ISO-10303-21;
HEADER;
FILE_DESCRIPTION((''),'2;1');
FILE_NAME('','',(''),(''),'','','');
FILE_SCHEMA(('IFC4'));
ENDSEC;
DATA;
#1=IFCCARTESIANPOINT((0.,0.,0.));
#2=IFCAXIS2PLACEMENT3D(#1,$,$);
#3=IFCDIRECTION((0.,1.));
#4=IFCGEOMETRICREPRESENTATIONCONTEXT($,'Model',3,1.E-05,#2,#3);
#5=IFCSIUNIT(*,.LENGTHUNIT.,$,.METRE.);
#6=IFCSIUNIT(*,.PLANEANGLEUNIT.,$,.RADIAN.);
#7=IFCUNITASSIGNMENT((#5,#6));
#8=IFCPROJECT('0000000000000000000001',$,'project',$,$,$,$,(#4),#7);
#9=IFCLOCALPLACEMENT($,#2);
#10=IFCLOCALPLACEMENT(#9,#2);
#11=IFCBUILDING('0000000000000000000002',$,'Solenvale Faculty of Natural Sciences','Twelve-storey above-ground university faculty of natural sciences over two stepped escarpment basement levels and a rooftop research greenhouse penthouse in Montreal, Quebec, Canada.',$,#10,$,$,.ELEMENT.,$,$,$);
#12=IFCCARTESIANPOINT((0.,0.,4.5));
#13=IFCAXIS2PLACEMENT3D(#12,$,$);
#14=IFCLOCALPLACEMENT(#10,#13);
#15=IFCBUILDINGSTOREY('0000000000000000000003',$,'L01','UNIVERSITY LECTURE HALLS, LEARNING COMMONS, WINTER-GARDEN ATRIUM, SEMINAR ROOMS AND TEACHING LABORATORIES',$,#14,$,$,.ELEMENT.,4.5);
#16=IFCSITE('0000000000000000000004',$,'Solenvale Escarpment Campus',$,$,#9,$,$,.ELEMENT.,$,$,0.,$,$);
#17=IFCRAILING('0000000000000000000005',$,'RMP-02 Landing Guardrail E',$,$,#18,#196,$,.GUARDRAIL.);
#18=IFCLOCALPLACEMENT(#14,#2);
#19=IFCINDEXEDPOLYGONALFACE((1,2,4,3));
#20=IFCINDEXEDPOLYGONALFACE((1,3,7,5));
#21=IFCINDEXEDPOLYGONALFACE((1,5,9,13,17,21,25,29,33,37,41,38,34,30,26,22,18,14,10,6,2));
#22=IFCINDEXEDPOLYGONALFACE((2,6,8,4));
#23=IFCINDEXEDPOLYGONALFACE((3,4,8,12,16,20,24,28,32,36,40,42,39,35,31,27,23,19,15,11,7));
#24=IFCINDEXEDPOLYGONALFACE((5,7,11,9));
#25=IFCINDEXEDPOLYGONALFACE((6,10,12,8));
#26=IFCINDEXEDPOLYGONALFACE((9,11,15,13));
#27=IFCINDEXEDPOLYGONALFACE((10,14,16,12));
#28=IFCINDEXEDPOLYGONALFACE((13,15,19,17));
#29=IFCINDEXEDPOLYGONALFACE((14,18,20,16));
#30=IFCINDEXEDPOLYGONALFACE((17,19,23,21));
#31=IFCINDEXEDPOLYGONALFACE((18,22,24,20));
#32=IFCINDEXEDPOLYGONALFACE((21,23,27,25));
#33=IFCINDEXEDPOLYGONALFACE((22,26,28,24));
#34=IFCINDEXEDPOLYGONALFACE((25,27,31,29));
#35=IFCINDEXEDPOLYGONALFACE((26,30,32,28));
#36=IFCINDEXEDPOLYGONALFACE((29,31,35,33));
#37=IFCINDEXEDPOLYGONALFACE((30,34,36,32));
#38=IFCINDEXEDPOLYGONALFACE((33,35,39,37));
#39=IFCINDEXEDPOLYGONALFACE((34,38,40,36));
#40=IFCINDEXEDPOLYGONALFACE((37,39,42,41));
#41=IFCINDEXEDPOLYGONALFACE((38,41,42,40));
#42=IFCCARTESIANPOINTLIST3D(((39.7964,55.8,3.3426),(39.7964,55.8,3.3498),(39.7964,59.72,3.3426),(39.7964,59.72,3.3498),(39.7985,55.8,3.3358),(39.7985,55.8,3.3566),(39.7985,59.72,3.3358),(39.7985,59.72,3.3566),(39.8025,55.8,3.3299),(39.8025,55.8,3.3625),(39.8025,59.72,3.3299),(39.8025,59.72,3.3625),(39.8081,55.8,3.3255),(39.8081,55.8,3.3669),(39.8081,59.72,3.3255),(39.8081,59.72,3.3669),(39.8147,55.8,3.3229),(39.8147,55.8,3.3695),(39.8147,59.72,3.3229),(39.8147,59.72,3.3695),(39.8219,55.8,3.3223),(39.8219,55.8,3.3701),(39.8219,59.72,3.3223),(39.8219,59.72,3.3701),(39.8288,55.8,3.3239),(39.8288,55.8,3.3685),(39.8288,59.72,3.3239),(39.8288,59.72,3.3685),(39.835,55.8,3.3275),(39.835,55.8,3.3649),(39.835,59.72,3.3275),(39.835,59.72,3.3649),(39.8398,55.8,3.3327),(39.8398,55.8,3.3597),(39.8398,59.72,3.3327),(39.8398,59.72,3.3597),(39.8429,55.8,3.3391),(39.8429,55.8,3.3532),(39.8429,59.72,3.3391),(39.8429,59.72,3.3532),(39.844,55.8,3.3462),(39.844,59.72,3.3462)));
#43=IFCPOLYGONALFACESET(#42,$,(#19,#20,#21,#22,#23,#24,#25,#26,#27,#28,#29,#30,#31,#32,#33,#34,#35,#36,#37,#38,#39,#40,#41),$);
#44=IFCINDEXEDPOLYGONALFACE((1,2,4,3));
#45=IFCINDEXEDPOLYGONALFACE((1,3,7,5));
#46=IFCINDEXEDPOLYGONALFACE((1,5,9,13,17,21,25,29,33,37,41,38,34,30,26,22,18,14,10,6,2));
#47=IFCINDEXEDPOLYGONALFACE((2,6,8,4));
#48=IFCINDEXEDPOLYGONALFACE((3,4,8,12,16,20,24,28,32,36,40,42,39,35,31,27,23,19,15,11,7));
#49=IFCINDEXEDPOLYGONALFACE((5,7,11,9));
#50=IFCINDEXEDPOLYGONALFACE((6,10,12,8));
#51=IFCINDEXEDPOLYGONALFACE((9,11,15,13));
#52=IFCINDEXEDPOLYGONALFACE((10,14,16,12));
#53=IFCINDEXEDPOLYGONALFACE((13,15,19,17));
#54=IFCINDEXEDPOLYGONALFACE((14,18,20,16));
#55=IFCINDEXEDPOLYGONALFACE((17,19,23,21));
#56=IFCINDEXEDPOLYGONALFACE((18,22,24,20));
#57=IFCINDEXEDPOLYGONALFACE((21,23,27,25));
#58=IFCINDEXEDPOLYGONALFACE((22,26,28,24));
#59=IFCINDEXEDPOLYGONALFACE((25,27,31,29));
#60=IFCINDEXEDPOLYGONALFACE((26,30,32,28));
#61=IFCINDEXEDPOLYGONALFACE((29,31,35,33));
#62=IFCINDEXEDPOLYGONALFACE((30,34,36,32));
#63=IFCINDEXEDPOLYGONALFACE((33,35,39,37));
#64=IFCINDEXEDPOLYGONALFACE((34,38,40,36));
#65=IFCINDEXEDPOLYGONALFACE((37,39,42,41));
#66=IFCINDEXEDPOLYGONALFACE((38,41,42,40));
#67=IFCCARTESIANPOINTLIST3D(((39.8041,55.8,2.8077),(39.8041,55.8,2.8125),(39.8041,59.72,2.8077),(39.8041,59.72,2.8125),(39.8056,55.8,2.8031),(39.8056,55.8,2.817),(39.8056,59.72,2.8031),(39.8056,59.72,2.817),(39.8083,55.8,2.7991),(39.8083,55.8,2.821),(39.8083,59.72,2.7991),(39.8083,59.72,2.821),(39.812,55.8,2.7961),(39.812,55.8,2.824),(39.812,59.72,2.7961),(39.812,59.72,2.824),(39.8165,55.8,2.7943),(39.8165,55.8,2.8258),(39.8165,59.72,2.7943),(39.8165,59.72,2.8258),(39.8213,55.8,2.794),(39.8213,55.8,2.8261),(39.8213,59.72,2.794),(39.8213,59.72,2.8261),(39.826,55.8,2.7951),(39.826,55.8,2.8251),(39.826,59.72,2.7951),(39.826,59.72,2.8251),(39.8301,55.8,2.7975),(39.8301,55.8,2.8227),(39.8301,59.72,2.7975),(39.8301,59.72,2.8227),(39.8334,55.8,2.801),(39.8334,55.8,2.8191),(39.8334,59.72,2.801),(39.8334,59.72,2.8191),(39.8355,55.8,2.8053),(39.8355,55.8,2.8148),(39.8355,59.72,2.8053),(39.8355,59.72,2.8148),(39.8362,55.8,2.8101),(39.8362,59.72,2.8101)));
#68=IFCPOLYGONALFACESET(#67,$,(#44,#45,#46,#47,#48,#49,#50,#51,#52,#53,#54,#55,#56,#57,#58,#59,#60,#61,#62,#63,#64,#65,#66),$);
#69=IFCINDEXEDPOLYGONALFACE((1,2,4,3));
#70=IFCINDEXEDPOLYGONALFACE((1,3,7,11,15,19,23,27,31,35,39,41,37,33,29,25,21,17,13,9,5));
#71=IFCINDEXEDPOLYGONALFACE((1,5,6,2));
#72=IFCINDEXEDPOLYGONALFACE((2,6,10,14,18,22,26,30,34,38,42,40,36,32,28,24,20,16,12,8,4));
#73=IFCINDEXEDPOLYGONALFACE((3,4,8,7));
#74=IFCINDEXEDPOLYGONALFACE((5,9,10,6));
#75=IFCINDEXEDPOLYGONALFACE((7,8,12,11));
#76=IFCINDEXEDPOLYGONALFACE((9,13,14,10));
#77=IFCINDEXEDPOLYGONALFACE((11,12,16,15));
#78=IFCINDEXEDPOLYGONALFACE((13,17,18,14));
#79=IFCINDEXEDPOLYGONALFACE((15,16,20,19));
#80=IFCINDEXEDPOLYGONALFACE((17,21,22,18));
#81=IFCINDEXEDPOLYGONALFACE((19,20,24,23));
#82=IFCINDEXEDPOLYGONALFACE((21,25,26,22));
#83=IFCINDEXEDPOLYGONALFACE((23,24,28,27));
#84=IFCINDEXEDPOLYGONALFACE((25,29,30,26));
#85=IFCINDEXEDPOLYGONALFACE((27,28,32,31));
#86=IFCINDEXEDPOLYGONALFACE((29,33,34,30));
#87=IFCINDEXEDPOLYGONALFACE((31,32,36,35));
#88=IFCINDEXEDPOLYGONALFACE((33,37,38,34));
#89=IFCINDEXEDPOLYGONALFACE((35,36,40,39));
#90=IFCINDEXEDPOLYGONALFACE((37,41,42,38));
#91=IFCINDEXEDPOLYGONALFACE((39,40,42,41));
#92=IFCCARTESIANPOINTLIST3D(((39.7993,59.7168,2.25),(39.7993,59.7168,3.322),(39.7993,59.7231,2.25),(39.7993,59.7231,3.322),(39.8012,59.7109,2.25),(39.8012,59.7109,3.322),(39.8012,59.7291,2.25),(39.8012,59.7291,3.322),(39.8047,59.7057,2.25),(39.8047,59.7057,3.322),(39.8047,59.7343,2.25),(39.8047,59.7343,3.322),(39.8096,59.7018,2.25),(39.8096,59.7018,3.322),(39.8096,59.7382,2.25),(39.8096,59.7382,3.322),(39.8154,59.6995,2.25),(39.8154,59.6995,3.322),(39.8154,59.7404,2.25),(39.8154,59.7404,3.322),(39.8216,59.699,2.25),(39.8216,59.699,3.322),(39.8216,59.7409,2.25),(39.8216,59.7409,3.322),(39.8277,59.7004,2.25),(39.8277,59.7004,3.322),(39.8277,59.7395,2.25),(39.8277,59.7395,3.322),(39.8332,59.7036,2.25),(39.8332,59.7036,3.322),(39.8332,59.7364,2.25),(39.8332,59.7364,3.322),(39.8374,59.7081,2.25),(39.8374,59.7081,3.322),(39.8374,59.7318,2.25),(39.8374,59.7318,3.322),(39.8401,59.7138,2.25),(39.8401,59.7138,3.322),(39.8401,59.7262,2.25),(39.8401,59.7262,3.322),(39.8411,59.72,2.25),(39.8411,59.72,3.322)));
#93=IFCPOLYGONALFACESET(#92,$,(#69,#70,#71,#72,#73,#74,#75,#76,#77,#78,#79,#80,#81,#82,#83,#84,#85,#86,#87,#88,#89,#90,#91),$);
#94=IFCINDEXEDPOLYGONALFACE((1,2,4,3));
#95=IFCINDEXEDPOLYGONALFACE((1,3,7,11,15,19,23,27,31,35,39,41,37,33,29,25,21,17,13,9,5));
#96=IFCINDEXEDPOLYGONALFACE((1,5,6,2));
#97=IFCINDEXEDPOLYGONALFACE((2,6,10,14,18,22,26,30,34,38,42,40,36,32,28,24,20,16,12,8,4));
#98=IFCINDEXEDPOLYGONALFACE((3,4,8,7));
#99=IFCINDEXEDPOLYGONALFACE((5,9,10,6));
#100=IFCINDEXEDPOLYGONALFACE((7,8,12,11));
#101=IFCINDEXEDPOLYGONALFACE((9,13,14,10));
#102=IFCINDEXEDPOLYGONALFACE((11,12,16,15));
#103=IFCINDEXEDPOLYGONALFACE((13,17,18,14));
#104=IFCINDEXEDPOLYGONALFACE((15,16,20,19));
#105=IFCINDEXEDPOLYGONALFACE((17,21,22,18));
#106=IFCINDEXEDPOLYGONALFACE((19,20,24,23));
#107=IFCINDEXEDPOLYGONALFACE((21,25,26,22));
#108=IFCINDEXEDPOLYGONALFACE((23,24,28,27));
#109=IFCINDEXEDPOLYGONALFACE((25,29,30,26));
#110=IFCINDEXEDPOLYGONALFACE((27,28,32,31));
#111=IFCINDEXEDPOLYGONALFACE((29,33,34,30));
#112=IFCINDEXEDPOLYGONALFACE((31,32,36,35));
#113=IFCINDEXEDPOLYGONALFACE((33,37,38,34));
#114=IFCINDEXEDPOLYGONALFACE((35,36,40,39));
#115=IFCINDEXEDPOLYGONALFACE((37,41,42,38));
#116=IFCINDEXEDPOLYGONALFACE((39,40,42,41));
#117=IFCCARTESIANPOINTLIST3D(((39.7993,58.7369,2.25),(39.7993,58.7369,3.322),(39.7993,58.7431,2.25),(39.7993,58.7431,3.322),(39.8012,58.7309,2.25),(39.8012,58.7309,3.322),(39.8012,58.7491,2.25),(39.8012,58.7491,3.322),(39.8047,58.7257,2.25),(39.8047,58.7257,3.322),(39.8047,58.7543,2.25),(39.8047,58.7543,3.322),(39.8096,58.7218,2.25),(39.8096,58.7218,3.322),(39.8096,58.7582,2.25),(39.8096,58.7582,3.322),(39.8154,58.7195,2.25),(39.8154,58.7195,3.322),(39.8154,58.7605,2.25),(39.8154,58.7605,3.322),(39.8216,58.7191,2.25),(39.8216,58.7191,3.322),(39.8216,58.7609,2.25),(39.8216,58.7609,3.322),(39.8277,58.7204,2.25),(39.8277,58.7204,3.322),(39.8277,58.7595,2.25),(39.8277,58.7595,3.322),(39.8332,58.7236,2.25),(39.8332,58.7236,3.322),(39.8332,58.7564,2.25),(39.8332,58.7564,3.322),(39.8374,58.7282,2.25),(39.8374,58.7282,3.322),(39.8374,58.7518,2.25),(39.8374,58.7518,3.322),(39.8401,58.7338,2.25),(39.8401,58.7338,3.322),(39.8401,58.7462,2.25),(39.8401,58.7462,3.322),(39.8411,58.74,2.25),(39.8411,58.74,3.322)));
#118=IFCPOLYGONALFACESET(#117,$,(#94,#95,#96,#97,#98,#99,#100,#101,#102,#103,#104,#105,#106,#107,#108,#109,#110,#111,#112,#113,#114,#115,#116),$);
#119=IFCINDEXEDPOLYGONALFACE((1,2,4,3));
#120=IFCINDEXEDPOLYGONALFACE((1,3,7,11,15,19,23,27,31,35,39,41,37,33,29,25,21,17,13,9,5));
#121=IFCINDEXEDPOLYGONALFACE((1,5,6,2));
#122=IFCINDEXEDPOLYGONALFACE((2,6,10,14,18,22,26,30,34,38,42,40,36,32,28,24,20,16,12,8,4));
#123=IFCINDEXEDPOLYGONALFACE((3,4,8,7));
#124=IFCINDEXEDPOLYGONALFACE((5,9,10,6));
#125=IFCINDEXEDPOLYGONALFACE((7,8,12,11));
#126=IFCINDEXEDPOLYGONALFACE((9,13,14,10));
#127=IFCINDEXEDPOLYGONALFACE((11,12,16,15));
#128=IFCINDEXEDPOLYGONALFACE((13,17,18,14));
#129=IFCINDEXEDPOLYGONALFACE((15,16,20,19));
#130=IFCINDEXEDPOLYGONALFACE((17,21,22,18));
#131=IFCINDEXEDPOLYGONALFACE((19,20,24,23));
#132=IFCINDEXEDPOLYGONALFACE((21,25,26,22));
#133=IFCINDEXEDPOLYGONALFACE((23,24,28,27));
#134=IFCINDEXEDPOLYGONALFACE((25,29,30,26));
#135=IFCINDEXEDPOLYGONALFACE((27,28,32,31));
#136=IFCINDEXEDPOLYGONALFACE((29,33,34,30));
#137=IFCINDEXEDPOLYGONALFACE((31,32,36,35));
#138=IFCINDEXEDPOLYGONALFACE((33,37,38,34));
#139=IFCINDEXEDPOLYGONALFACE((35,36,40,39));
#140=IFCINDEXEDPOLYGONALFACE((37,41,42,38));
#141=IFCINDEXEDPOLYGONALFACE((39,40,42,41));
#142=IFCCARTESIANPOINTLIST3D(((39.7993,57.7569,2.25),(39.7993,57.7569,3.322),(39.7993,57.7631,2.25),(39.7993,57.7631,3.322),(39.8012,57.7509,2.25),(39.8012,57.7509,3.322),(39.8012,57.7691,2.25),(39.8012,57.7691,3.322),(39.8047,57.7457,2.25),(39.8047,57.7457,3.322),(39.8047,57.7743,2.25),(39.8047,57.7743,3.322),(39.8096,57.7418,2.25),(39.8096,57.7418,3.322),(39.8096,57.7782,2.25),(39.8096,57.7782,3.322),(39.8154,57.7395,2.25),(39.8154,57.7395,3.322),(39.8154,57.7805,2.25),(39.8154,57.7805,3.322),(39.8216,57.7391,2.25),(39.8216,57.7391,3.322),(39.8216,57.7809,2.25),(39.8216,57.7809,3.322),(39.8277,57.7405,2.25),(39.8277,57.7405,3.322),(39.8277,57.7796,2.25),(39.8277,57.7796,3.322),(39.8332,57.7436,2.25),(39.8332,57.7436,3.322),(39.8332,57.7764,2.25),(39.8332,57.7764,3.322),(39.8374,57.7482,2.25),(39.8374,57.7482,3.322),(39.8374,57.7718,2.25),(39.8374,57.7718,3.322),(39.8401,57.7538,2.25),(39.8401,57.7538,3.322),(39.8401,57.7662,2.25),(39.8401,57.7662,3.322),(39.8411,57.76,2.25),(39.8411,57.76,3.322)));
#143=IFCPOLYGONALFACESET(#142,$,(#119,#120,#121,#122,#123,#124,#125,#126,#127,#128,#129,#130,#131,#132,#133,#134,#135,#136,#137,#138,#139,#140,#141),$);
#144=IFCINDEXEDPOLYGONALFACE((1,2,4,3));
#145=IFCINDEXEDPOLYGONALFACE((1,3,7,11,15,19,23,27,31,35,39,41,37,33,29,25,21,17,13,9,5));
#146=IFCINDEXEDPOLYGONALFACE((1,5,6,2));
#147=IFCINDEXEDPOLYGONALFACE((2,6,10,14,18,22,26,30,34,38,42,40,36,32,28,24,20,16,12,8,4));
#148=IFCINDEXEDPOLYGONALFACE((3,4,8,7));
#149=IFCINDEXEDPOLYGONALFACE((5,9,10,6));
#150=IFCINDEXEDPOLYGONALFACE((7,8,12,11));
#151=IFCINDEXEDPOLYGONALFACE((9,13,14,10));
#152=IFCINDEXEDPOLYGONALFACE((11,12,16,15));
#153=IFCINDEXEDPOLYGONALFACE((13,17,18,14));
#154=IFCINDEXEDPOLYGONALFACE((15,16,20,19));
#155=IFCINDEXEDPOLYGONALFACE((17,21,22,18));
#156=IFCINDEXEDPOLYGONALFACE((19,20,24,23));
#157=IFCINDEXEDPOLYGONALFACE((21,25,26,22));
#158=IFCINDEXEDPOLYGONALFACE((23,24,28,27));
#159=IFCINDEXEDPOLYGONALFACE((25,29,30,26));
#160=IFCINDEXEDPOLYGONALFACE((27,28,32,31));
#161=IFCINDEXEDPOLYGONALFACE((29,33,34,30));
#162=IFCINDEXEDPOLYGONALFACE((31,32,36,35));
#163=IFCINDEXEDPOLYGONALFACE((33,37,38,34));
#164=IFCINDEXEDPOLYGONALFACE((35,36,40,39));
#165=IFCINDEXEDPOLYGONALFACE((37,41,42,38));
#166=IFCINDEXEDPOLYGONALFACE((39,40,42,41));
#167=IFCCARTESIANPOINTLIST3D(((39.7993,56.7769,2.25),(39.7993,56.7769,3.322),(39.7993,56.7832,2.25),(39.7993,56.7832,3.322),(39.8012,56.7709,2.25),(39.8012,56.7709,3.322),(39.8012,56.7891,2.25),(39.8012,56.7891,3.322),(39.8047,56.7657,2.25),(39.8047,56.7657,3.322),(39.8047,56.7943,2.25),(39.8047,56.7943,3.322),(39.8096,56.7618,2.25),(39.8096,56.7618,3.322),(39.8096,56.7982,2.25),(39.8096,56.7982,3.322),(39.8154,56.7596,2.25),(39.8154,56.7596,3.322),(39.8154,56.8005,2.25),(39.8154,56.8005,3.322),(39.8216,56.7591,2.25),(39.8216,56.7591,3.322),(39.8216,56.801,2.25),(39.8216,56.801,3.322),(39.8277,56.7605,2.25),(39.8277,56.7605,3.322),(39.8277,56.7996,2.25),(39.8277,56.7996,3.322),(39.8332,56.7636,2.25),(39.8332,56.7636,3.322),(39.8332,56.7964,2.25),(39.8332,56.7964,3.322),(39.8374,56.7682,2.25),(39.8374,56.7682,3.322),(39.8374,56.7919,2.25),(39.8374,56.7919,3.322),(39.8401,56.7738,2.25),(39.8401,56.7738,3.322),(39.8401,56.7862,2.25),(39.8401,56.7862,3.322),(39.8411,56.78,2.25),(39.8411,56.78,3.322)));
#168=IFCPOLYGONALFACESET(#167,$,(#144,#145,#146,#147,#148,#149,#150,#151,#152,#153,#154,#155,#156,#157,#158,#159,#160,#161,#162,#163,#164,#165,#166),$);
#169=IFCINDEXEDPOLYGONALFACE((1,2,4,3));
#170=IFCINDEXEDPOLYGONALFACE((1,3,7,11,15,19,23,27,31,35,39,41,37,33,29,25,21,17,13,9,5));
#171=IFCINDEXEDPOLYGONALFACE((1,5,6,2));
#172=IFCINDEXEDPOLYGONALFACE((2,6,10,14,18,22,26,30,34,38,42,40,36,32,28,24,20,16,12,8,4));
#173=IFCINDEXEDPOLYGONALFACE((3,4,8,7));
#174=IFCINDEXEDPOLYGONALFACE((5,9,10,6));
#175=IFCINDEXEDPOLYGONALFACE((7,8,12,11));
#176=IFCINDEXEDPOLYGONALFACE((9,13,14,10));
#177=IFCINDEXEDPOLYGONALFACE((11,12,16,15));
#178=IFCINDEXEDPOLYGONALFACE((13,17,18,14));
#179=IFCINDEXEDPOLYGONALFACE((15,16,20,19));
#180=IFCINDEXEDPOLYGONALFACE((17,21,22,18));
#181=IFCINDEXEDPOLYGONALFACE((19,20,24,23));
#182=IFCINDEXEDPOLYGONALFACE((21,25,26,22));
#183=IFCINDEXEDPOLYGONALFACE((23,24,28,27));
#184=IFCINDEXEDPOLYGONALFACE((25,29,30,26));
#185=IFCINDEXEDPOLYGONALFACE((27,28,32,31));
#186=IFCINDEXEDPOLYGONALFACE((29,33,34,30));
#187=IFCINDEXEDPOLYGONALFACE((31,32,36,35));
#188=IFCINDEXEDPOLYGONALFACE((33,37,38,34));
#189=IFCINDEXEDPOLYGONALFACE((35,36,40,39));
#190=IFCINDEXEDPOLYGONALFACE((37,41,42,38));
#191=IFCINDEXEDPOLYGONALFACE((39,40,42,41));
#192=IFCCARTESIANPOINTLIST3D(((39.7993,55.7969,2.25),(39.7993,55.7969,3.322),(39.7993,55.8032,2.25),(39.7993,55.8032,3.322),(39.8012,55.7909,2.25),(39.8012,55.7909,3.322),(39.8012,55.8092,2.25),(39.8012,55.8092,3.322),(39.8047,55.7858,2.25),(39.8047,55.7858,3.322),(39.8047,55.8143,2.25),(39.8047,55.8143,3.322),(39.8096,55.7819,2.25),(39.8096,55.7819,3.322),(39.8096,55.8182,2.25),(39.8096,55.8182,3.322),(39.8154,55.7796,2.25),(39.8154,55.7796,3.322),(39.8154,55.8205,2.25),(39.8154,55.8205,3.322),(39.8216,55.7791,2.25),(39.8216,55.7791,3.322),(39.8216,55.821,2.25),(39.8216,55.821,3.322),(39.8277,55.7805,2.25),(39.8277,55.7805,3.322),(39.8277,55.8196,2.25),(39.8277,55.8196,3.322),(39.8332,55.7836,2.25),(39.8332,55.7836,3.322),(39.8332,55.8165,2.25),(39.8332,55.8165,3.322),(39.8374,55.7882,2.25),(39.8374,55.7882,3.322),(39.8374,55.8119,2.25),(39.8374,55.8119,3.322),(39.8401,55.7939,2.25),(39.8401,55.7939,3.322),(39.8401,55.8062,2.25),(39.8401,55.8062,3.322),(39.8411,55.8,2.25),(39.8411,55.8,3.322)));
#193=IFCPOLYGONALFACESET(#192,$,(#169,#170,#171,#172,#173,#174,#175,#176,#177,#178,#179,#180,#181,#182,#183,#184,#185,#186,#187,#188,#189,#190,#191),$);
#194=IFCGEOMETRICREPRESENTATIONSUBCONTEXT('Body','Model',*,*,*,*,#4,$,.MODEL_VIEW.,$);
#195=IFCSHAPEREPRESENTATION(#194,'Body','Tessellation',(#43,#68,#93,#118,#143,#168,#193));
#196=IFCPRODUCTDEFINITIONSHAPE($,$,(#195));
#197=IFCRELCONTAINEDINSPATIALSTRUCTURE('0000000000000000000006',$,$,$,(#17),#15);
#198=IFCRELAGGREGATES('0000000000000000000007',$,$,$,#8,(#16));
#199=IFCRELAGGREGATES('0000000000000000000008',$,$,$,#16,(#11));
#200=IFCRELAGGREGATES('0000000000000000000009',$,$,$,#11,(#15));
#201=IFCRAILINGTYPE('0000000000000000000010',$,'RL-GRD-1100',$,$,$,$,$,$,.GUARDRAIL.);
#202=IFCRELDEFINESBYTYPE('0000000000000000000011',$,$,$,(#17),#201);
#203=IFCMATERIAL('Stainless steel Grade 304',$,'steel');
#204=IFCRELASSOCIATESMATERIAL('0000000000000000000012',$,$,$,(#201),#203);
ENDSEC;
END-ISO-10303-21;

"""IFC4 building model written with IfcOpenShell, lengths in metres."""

from ifc_helpers import new_model, si_unit, direction, frame, origin, origin_2d, place, context, subcontext, project, spatial, circle, extrude, material, type_object, element, save


model = new_model("IFC4")

# Units and contexts
model_context = context("Model", 3, precision=1e-05, world=origin(), true_north=direction((0.0, 1.0)))
body_context = subcontext(model_context, "Body", "Model", "MODEL_VIEW")
ifc_project = project(units=[si_unit("LENGTHUNIT", "METRE"), si_unit("PLANEANGLEUNIT", "RADIAN")], contexts=[model_context])

# Site, building, storey
site_placement = place(None, origin())
site = spatial("IfcSite", under=ifc_project, at=site_placement, Name="Solenvale Escarpment Campus", CompositionType="ELEMENT", RefElevation=0.0)
building_placement = place(site_placement, origin())
building = spatial("IfcBuilding", under=site, at=building_placement, Name="Solenvale Faculty of Natural Sciences", Description="Twelve-storey above-ground university faculty of natural sciences over two stepped escarpment basement levels and a rooftop research greenhouse penthouse in Montreal, Quebec, Canada.", CompositionType="ELEMENT")
storey_placement = place(building_placement, frame((0.0, 0.0, 4.5)))
storey = spatial("IfcBuildingStorey", under=building, at=storey_placement, Name="L01", Description="UNIVERSITY LECTURE HALLS, LEARNING COMMONS, WINTER-GARDEN ATRIUM, SEMINAR ROOMS AND TEACHING LABORATORIES", CompositionType="ELEMENT", Elevation=4.5)

# Railing
ifc_material_1 = material(Name="Stainless steel Grade 304", Category="steel")
railing_type = type_object("IfcRailingType", Name="RL-GRD-1100", PredefinedType="GUARDRAIL", material=ifc_material_1)
railing_1_placement = place(storey_placement, frame((39.8201, 59.72, 2.25)))
element("IfcRailing", 1, at=railing_1_placement, inside=storey, type_object=railing_type, Name="RMP-02 Landing Guardrail E", PredefinedType="GUARDRAIL", context=body_context, shape_type="SweptSolid", body=[
    extrude(circle(Radius=0.0239, at=origin_2d()), frame((0.0, 0.0, 1.0962), z_axis=(0.0, -1.0, 0.0), x_axis=(1.0, 0.0, 0.0)), (0.0, 0.0, 1.0), 3.9199),
    extrude(circle(Radius=0.0161, at=origin_2d()), frame((0.0, 0.0, 0.5601), z_axis=(0.0, -1.0, 0.0), x_axis=(1.0, 0.0, 0.0)), (0.0, 0.0, 1.0), 3.9199),
    extrude(circle(Radius=0.021, at=origin_2d()), origin(), (0.0, 0.0, 1.0), 1.072),
    extrude(circle(Radius=0.021, at=origin_2d()), frame((0.0, -0.98, 0.0)), (0.0, 0.0, 1.0), 1.072),
    extrude(circle(Radius=0.021, at=origin_2d()), frame((0.0, -1.96, 0.0)), (0.0, 0.0, 1.0), 1.072),
    extrude(circle(Radius=0.021, at=origin_2d()), frame((0.0, -2.9399, 0.0)), (0.0, 0.0, 1.0), 1.072),
    extrude(circle(Radius=0.021, at=origin_2d()), frame((0.0, -3.9199, 0.0)), (0.0, 0.0, 1.0), 1.072),
])

save(model, "model.ifc")
